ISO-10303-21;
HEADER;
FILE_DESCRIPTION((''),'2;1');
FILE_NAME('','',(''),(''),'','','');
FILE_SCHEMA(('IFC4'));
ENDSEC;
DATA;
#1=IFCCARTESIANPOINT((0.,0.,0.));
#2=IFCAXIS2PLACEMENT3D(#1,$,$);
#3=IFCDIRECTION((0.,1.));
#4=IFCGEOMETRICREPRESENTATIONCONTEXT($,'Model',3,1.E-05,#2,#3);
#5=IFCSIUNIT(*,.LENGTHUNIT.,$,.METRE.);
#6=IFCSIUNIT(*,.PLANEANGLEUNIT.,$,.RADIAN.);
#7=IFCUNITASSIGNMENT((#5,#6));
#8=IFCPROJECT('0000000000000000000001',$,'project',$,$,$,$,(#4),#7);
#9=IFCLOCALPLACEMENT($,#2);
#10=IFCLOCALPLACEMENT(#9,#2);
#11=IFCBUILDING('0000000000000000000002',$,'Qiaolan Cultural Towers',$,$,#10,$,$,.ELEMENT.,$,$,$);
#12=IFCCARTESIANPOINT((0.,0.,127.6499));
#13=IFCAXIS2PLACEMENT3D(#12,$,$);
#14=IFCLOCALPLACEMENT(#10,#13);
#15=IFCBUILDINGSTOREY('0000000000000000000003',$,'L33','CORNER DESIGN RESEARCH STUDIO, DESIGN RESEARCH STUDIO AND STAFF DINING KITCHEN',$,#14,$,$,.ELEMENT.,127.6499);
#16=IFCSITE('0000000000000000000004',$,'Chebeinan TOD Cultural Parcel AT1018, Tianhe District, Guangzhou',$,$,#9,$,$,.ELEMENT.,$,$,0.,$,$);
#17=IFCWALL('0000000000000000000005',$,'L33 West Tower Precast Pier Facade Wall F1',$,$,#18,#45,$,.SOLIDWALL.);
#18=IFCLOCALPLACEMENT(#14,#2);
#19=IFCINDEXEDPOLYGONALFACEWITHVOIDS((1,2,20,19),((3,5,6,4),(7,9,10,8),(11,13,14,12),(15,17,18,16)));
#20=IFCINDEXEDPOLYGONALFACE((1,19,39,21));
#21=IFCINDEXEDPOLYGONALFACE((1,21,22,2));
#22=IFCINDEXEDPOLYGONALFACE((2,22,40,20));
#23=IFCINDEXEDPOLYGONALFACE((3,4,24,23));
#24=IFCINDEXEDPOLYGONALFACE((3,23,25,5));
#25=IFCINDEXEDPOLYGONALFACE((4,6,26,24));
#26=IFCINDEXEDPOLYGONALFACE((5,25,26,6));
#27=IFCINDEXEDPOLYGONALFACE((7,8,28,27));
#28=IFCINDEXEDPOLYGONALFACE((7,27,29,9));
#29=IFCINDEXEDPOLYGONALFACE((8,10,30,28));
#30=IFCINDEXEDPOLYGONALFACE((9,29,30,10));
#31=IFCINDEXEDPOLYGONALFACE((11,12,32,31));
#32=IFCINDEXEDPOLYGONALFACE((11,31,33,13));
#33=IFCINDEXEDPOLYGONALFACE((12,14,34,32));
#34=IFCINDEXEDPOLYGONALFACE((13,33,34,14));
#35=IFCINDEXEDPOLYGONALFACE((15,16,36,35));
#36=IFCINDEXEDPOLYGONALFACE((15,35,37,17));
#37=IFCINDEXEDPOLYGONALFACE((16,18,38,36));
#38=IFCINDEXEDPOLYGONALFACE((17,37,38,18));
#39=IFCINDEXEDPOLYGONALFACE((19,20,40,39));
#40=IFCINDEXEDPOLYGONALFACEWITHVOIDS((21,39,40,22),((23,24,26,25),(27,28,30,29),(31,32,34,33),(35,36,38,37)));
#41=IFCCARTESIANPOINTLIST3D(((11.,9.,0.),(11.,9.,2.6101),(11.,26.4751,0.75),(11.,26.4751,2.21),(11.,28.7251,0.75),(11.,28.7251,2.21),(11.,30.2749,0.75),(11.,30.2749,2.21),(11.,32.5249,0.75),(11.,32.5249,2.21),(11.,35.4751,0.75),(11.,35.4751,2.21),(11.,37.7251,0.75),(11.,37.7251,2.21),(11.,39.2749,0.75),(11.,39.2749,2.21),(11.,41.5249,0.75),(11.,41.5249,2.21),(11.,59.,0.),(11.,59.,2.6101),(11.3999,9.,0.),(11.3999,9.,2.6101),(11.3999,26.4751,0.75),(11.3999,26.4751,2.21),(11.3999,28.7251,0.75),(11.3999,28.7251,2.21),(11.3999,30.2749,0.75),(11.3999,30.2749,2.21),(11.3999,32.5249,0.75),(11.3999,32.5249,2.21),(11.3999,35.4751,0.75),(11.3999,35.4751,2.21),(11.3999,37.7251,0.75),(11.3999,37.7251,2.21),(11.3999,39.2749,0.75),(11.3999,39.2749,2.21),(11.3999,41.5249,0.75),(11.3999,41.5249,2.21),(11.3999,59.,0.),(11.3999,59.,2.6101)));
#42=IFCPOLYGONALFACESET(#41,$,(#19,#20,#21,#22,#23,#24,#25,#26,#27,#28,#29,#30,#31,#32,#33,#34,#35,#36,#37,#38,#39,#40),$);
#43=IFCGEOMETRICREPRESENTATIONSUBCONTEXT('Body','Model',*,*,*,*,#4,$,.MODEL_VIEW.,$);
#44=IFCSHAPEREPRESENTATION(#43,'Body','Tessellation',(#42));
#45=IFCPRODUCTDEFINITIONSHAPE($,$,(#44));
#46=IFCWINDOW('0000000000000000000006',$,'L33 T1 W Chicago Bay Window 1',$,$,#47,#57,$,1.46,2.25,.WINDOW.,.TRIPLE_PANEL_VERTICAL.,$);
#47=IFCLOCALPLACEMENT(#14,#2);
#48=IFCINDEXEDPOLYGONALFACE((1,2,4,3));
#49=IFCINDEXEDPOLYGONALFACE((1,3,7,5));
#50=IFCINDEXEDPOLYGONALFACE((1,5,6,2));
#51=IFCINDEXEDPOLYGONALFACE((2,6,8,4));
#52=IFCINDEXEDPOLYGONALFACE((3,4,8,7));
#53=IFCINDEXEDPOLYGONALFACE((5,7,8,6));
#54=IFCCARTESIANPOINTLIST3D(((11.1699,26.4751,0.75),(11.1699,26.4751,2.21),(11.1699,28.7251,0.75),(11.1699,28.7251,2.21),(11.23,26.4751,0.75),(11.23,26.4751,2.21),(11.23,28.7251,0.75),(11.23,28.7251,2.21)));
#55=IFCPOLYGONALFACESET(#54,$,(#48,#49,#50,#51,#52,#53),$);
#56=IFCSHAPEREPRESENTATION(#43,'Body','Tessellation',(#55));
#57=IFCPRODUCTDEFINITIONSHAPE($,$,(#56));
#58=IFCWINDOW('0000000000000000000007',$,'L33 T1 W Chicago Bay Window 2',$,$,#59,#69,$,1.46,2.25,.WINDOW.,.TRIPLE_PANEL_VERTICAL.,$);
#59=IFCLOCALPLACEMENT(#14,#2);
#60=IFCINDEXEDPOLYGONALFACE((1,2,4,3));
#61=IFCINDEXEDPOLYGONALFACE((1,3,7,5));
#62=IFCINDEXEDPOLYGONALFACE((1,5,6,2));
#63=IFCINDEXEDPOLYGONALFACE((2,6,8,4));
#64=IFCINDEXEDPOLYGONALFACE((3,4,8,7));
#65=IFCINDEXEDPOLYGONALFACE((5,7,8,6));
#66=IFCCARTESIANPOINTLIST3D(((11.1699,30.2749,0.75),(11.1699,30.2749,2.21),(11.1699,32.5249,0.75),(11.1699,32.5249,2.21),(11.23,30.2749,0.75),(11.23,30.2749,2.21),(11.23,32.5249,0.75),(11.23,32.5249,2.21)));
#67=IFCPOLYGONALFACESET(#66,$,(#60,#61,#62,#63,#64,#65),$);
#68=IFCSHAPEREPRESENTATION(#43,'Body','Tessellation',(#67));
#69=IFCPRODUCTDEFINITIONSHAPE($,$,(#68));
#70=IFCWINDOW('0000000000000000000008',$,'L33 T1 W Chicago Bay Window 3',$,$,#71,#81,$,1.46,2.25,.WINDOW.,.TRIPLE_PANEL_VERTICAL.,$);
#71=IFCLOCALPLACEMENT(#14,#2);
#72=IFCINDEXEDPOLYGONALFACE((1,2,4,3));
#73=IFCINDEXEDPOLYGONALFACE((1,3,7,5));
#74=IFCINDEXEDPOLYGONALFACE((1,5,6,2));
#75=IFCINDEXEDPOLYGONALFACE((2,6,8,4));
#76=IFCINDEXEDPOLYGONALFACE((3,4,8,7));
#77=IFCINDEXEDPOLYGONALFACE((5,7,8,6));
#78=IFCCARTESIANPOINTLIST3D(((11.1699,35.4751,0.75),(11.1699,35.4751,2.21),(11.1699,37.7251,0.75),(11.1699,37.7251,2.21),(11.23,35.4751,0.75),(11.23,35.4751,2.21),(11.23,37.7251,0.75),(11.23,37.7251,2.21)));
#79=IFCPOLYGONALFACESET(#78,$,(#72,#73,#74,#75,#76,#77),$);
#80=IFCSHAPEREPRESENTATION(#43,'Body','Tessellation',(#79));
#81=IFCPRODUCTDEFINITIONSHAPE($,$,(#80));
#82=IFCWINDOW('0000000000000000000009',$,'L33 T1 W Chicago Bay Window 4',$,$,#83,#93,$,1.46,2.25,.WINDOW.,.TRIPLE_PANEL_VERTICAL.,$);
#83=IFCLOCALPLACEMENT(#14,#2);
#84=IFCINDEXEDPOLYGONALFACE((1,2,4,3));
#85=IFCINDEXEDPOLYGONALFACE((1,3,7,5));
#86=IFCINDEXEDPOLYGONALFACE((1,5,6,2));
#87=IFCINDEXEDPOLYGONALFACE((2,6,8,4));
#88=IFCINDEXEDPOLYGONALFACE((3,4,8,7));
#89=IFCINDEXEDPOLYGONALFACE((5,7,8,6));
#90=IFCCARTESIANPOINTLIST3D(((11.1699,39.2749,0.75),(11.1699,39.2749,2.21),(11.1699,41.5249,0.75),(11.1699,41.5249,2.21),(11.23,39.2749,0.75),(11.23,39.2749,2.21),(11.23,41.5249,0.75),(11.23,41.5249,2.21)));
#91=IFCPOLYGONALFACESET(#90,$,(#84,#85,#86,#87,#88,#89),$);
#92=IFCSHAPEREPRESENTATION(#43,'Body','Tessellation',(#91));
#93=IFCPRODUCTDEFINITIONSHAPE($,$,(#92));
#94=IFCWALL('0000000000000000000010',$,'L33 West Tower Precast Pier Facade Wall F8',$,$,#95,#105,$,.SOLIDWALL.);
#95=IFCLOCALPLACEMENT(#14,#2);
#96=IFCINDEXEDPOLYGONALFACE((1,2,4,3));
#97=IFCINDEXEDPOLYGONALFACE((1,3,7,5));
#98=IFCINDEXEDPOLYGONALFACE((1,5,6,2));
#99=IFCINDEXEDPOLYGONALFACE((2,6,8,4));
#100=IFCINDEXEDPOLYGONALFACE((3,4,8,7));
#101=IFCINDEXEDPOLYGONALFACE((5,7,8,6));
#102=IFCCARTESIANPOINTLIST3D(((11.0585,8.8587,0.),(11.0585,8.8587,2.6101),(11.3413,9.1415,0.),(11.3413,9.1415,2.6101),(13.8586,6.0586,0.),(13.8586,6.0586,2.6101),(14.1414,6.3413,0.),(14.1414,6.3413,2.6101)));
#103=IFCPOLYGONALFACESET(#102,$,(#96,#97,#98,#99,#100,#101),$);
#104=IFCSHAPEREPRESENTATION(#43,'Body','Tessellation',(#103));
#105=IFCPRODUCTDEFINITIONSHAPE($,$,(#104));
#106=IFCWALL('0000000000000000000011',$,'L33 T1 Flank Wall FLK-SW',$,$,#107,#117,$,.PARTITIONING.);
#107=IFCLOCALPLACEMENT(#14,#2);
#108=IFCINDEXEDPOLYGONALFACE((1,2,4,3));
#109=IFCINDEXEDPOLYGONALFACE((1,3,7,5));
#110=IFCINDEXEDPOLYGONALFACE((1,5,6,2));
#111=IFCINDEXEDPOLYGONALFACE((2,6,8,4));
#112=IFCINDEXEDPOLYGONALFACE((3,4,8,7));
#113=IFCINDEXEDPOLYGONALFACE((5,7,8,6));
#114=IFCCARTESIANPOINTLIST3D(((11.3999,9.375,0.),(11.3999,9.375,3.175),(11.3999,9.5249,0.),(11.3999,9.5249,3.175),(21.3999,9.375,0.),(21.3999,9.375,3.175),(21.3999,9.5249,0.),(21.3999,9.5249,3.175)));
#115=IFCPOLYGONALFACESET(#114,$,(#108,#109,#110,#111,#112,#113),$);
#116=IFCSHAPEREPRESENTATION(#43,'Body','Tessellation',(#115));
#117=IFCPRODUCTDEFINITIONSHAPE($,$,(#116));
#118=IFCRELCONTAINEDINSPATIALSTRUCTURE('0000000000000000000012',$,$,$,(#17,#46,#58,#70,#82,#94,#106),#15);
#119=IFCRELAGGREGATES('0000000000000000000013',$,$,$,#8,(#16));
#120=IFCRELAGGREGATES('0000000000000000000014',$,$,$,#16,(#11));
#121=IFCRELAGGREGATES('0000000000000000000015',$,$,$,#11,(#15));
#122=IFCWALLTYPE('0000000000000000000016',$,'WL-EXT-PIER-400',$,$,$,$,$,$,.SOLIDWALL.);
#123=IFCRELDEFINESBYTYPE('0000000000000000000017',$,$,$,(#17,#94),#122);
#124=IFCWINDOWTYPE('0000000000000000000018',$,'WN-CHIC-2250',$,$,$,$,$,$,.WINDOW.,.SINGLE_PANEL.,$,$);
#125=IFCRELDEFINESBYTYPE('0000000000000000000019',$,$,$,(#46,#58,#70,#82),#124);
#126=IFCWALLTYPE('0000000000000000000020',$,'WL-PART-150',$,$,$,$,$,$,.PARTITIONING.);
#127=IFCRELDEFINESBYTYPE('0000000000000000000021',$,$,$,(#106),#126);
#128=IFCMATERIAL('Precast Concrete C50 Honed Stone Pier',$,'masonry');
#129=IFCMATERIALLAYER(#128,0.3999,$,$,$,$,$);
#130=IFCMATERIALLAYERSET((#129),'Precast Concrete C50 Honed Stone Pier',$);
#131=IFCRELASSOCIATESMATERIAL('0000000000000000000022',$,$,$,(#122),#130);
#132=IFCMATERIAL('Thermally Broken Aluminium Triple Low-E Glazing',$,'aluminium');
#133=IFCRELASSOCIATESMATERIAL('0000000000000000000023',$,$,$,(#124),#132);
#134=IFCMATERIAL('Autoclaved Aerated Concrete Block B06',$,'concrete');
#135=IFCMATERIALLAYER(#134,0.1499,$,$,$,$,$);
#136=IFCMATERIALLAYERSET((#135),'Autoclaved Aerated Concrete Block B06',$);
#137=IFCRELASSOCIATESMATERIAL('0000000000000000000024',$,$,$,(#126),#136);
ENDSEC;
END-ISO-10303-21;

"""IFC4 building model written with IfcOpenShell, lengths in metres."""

from ifc_helpers import new_model, si_unit, direction, frame, frame_2d, origin, place, context, subcontext, project, spatial, rectangle, extrude, material, layer, layer_set, type_object, element, fill, save


model = new_model("IFC4")

# Units and contexts
model_context = context("Model", 3, precision=1e-05, world=origin(), true_north=direction((0.0, 1.0)))
body_context = subcontext(model_context, "Body", "Model", "MODEL_VIEW")
ifc_project = project(units=[si_unit("LENGTHUNIT", "METRE"), si_unit("PLANEANGLEUNIT", "RADIAN")], contexts=[model_context])

# Site, building, storey
site_placement = place(None, origin())
site = spatial("IfcSite", under=ifc_project, at=site_placement, Name="Chebeinan TOD Cultural Parcel AT1018, Tianhe District, Guangzhou", CompositionType="ELEMENT", RefElevation=0.0)
building_placement = place(site_placement, origin())
building = spatial("IfcBuilding", under=site, at=building_placement, Name="Qiaolan Cultural Towers", CompositionType="ELEMENT")
storey_placement = place(building_placement, frame((0.0, 0.0, 127.6499)))
storey = spatial("IfcBuildingStorey", under=building, at=storey_placement, Name="L33", Description="CORNER DESIGN RESEARCH STUDIO, DESIGN RESEARCH STUDIO AND STAFF DINING KITCHEN", CompositionType="ELEMENT", Elevation=127.6499)

# Wall, openings, windows
ifc_material_1 = material(Name="Precast Concrete C50 Honed Stone Pier", Category="masonry")
ifc_layer_1 = layer(ifc_material_1, 0.3999)
ifc_layer_set_1 = layer_set([ifc_layer_1], Name="Precast Concrete C50 Honed Stone Pier")
wall_type_1 = type_object("IfcWallType", Name="WL-EXT-PIER-400", PredefinedType="SOLIDWALL", material=ifc_layer_set_1)
wall_1_placement = place(storey_placement, frame((11.2, 9.0, 0.0), z_axis=(0.0, 0.0, 1.0), x_axis=(0.0, 1.0, 0.0)))
wall_1 = element("IfcWall", 1, at=wall_1_placement, inside=storey, type_object=wall_type_1, Name="L33 West Tower Precast Pier Facade Wall F1", PredefinedType="SOLIDWALL", context=body_context, shape_type="SweptSolid", body=[
    extrude(rectangle(XDim=50.0, YDim=0.3999, at=frame_2d((25.0, 0.0))), origin(), (0.0, 0.0, 1.0), 2.6101),
])
opening_1_placement = place(wall_1_placement, frame((17.4751, 0.0, 0.75)))
opening_1 = element("IfcOpeningElement", 2, at=opening_1_placement, cuts=wall_1, PredefinedType="OPENING", context=body_context, shape_type="SweptSolid", body=[
    extrude(rectangle(XDim=2.25, YDim=1.46, at=frame_2d((1.125, 0.73))), frame((0.0, 0.21, 0.0), z_axis=(0.0, -1.0, 0.0), x_axis=(1.0, 0.0, 0.0)), (0.0, 0.0, 1.0), 0.4199),
])
opening_2_placement = place(wall_1_placement, frame((21.2749, 0.0, 0.75)))
opening_2 = element("IfcOpeningElement", 3, at=opening_2_placement, cuts=wall_1, PredefinedType="OPENING", context=body_context, shape_type="SweptSolid", body=[
    extrude(rectangle(XDim=2.25, YDim=1.46, at=frame_2d((1.125, 0.73))), frame((0.0, 0.21, 0.0), z_axis=(0.0, -1.0, 0.0), x_axis=(1.0, 0.0, 0.0)), (0.0, 0.0, 1.0), 0.4199),
])
opening_3_placement = place(wall_1_placement, frame((26.4751, 0.0, 0.75)))
opening_3 = element("IfcOpeningElement", 4, at=opening_3_placement, cuts=wall_1, PredefinedType="OPENING", context=body_context, shape_type="SweptSolid", body=[
    extrude(rectangle(XDim=2.25, YDim=1.46, at=frame_2d((1.125, 0.73))), frame((0.0, 0.21, 0.0), z_axis=(0.0, -1.0, 0.0), x_axis=(1.0, 0.0, 0.0)), (0.0, 0.0, 1.0), 0.4199),
])
opening_4_placement = place(wall_1_placement, frame((30.2749, 0.0, 0.75)))
opening_4 = element("IfcOpeningElement", 5, at=opening_4_placement, cuts=wall_1, PredefinedType="OPENING", context=body_context, shape_type="SweptSolid", body=[
    extrude(rectangle(XDim=2.25, YDim=1.46, at=frame_2d((1.125, 0.73))), frame((0.0, 0.21, 0.0), z_axis=(0.0, -1.0, 0.0), x_axis=(1.0, 0.0, 0.0)), (0.0, 0.0, 1.0), 0.4199),
])
ifc_material_2 = material(Name="Thermally Broken Aluminium Triple Low-E Glazing", Category="aluminium")
window_type = type_object("IfcWindowType", Name="WN-CHIC-2250", PartitioningType="SINGLE_PANEL", PredefinedType="WINDOW", material=ifc_material_2)
window_1_placement = place(opening_1_placement, origin())
window_1 = element("IfcWindow", 6, at=window_1_placement, inside=storey, type_object=window_type, Name="L33 T1 W Chicago Bay Window 1", OverallHeight=1.46, OverallWidth=2.25, PartitioningType="TRIPLE_PANEL_VERTICAL", PredefinedType="WINDOW", context=body_context, shape_type="SweptSolid", body=[
    extrude(rectangle(XDim=2.25, YDim=1.46, at=frame_2d((1.125, 0.73))), frame((0.0, 0.03, 0.0), z_axis=(0.0, -1.0, 0.0), x_axis=(1.0, 0.0, 0.0)), (0.0, 0.0, 1.0), 0.0601),
])
fill(opening_1, window_1)
window_2_placement = place(opening_2_placement, origin())
window_2 = element("IfcWindow", 7, at=window_2_placement, inside=storey, type_object=window_type, Name="L33 T1 W Chicago Bay Window 2", OverallHeight=1.46, OverallWidth=2.25, PartitioningType="TRIPLE_PANEL_VERTICAL", PredefinedType="WINDOW", context=body_context, shape_type="SweptSolid", body=[
    extrude(rectangle(XDim=2.25, YDim=1.46, at=frame_2d((1.125, 0.73))), frame((0.0, 0.03, 0.0), z_axis=(0.0, -1.0, 0.0), x_axis=(1.0, 0.0, 0.0)), (0.0, 0.0, 1.0), 0.0601),
])
fill(opening_2, window_2)
window_3_placement = place(opening_3_placement, origin())
window_3 = element("IfcWindow", 8, at=window_3_placement, inside=storey, type_object=window_type, Name="L33 T1 W Chicago Bay Window 3", OverallHeight=1.46, OverallWidth=2.25, PartitioningType="TRIPLE_PANEL_VERTICAL", PredefinedType="WINDOW", context=body_context, shape_type="SweptSolid", body=[
    extrude(rectangle(XDim=2.25, YDim=1.46, at=frame_2d((1.125, 0.73))), frame((0.0, 0.03, 0.0), z_axis=(0.0, -1.0, 0.0), x_axis=(1.0, 0.0, 0.0)), (0.0, 0.0, 1.0), 0.0601),
])
fill(opening_3, window_3)
window_4_placement = place(opening_4_placement, origin())
window_4 = element("IfcWindow", 9, at=window_4_placement, inside=storey, type_object=window_type, Name="L33 T1 W Chicago Bay Window 4", OverallHeight=1.46, OverallWidth=2.25, PartitioningType="TRIPLE_PANEL_VERTICAL", PredefinedType="WINDOW", context=body_context, shape_type="SweptSolid", body=[
    extrude(rectangle(XDim=2.25, YDim=1.46, at=frame_2d((1.125, 0.73))), frame((0.0, 0.03, 0.0), z_axis=(0.0, -1.0, 0.0), x_axis=(1.0, 0.0, 0.0)), (0.0, 0.0, 1.0), 0.0601),
])
fill(opening_4, window_4)

# Walls
wall_2_placement = place(storey_placement, frame((14.0, 6.2, 0.0), z_axis=(0.0, 0.0, 1.0), x_axis=(-0.707107, 0.707107, 0.0)))
element("IfcWall", 10, at=wall_2_placement, inside=storey, type_object=wall_type_1, Name="L33 West Tower Precast Pier Facade Wall F8", PredefinedType="SOLIDWALL", context=body_context, shape_type="SweptSolid", body=[
    extrude(rectangle(XDim=3.96, YDim=0.3999, at=frame_2d((1.98, 0.0))), origin(), (0.0, 0.0, 1.0), 2.6101),
])
ifc_material_3 = material(Name="Autoclaved Aerated Concrete Block B06", Category="concrete")
ifc_layer_2 = layer(ifc_material_3, 0.1499)
ifc_layer_set_2 = layer_set([ifc_layer_2], Name="Autoclaved Aerated Concrete Block B06")
wall_type_2 = type_object("IfcWallType", Name="WL-PART-150", PredefinedType="PARTITIONING", material=ifc_layer_set_2)
wall_3_placement = place(storey_placement, frame((11.3999, 9.45, 0.0), z_axis=(0.0, 0.0, 1.0), x_axis=(1.0, 0.0, 0.0)))
element("IfcWall", 11, at=wall_3_placement, inside=storey, type_object=wall_type_2, Name="L33 T1 Flank Wall FLK-SW", PredefinedType="PARTITIONING", context=body_context, shape_type="SweptSolid", body=[
    extrude(rectangle(XDim=10.0, YDim=0.1499, at=frame_2d((5.0, 0.0))), origin(), (0.0, 0.0, 1.0), 3.175),
])

save(model, "model.ifc")
